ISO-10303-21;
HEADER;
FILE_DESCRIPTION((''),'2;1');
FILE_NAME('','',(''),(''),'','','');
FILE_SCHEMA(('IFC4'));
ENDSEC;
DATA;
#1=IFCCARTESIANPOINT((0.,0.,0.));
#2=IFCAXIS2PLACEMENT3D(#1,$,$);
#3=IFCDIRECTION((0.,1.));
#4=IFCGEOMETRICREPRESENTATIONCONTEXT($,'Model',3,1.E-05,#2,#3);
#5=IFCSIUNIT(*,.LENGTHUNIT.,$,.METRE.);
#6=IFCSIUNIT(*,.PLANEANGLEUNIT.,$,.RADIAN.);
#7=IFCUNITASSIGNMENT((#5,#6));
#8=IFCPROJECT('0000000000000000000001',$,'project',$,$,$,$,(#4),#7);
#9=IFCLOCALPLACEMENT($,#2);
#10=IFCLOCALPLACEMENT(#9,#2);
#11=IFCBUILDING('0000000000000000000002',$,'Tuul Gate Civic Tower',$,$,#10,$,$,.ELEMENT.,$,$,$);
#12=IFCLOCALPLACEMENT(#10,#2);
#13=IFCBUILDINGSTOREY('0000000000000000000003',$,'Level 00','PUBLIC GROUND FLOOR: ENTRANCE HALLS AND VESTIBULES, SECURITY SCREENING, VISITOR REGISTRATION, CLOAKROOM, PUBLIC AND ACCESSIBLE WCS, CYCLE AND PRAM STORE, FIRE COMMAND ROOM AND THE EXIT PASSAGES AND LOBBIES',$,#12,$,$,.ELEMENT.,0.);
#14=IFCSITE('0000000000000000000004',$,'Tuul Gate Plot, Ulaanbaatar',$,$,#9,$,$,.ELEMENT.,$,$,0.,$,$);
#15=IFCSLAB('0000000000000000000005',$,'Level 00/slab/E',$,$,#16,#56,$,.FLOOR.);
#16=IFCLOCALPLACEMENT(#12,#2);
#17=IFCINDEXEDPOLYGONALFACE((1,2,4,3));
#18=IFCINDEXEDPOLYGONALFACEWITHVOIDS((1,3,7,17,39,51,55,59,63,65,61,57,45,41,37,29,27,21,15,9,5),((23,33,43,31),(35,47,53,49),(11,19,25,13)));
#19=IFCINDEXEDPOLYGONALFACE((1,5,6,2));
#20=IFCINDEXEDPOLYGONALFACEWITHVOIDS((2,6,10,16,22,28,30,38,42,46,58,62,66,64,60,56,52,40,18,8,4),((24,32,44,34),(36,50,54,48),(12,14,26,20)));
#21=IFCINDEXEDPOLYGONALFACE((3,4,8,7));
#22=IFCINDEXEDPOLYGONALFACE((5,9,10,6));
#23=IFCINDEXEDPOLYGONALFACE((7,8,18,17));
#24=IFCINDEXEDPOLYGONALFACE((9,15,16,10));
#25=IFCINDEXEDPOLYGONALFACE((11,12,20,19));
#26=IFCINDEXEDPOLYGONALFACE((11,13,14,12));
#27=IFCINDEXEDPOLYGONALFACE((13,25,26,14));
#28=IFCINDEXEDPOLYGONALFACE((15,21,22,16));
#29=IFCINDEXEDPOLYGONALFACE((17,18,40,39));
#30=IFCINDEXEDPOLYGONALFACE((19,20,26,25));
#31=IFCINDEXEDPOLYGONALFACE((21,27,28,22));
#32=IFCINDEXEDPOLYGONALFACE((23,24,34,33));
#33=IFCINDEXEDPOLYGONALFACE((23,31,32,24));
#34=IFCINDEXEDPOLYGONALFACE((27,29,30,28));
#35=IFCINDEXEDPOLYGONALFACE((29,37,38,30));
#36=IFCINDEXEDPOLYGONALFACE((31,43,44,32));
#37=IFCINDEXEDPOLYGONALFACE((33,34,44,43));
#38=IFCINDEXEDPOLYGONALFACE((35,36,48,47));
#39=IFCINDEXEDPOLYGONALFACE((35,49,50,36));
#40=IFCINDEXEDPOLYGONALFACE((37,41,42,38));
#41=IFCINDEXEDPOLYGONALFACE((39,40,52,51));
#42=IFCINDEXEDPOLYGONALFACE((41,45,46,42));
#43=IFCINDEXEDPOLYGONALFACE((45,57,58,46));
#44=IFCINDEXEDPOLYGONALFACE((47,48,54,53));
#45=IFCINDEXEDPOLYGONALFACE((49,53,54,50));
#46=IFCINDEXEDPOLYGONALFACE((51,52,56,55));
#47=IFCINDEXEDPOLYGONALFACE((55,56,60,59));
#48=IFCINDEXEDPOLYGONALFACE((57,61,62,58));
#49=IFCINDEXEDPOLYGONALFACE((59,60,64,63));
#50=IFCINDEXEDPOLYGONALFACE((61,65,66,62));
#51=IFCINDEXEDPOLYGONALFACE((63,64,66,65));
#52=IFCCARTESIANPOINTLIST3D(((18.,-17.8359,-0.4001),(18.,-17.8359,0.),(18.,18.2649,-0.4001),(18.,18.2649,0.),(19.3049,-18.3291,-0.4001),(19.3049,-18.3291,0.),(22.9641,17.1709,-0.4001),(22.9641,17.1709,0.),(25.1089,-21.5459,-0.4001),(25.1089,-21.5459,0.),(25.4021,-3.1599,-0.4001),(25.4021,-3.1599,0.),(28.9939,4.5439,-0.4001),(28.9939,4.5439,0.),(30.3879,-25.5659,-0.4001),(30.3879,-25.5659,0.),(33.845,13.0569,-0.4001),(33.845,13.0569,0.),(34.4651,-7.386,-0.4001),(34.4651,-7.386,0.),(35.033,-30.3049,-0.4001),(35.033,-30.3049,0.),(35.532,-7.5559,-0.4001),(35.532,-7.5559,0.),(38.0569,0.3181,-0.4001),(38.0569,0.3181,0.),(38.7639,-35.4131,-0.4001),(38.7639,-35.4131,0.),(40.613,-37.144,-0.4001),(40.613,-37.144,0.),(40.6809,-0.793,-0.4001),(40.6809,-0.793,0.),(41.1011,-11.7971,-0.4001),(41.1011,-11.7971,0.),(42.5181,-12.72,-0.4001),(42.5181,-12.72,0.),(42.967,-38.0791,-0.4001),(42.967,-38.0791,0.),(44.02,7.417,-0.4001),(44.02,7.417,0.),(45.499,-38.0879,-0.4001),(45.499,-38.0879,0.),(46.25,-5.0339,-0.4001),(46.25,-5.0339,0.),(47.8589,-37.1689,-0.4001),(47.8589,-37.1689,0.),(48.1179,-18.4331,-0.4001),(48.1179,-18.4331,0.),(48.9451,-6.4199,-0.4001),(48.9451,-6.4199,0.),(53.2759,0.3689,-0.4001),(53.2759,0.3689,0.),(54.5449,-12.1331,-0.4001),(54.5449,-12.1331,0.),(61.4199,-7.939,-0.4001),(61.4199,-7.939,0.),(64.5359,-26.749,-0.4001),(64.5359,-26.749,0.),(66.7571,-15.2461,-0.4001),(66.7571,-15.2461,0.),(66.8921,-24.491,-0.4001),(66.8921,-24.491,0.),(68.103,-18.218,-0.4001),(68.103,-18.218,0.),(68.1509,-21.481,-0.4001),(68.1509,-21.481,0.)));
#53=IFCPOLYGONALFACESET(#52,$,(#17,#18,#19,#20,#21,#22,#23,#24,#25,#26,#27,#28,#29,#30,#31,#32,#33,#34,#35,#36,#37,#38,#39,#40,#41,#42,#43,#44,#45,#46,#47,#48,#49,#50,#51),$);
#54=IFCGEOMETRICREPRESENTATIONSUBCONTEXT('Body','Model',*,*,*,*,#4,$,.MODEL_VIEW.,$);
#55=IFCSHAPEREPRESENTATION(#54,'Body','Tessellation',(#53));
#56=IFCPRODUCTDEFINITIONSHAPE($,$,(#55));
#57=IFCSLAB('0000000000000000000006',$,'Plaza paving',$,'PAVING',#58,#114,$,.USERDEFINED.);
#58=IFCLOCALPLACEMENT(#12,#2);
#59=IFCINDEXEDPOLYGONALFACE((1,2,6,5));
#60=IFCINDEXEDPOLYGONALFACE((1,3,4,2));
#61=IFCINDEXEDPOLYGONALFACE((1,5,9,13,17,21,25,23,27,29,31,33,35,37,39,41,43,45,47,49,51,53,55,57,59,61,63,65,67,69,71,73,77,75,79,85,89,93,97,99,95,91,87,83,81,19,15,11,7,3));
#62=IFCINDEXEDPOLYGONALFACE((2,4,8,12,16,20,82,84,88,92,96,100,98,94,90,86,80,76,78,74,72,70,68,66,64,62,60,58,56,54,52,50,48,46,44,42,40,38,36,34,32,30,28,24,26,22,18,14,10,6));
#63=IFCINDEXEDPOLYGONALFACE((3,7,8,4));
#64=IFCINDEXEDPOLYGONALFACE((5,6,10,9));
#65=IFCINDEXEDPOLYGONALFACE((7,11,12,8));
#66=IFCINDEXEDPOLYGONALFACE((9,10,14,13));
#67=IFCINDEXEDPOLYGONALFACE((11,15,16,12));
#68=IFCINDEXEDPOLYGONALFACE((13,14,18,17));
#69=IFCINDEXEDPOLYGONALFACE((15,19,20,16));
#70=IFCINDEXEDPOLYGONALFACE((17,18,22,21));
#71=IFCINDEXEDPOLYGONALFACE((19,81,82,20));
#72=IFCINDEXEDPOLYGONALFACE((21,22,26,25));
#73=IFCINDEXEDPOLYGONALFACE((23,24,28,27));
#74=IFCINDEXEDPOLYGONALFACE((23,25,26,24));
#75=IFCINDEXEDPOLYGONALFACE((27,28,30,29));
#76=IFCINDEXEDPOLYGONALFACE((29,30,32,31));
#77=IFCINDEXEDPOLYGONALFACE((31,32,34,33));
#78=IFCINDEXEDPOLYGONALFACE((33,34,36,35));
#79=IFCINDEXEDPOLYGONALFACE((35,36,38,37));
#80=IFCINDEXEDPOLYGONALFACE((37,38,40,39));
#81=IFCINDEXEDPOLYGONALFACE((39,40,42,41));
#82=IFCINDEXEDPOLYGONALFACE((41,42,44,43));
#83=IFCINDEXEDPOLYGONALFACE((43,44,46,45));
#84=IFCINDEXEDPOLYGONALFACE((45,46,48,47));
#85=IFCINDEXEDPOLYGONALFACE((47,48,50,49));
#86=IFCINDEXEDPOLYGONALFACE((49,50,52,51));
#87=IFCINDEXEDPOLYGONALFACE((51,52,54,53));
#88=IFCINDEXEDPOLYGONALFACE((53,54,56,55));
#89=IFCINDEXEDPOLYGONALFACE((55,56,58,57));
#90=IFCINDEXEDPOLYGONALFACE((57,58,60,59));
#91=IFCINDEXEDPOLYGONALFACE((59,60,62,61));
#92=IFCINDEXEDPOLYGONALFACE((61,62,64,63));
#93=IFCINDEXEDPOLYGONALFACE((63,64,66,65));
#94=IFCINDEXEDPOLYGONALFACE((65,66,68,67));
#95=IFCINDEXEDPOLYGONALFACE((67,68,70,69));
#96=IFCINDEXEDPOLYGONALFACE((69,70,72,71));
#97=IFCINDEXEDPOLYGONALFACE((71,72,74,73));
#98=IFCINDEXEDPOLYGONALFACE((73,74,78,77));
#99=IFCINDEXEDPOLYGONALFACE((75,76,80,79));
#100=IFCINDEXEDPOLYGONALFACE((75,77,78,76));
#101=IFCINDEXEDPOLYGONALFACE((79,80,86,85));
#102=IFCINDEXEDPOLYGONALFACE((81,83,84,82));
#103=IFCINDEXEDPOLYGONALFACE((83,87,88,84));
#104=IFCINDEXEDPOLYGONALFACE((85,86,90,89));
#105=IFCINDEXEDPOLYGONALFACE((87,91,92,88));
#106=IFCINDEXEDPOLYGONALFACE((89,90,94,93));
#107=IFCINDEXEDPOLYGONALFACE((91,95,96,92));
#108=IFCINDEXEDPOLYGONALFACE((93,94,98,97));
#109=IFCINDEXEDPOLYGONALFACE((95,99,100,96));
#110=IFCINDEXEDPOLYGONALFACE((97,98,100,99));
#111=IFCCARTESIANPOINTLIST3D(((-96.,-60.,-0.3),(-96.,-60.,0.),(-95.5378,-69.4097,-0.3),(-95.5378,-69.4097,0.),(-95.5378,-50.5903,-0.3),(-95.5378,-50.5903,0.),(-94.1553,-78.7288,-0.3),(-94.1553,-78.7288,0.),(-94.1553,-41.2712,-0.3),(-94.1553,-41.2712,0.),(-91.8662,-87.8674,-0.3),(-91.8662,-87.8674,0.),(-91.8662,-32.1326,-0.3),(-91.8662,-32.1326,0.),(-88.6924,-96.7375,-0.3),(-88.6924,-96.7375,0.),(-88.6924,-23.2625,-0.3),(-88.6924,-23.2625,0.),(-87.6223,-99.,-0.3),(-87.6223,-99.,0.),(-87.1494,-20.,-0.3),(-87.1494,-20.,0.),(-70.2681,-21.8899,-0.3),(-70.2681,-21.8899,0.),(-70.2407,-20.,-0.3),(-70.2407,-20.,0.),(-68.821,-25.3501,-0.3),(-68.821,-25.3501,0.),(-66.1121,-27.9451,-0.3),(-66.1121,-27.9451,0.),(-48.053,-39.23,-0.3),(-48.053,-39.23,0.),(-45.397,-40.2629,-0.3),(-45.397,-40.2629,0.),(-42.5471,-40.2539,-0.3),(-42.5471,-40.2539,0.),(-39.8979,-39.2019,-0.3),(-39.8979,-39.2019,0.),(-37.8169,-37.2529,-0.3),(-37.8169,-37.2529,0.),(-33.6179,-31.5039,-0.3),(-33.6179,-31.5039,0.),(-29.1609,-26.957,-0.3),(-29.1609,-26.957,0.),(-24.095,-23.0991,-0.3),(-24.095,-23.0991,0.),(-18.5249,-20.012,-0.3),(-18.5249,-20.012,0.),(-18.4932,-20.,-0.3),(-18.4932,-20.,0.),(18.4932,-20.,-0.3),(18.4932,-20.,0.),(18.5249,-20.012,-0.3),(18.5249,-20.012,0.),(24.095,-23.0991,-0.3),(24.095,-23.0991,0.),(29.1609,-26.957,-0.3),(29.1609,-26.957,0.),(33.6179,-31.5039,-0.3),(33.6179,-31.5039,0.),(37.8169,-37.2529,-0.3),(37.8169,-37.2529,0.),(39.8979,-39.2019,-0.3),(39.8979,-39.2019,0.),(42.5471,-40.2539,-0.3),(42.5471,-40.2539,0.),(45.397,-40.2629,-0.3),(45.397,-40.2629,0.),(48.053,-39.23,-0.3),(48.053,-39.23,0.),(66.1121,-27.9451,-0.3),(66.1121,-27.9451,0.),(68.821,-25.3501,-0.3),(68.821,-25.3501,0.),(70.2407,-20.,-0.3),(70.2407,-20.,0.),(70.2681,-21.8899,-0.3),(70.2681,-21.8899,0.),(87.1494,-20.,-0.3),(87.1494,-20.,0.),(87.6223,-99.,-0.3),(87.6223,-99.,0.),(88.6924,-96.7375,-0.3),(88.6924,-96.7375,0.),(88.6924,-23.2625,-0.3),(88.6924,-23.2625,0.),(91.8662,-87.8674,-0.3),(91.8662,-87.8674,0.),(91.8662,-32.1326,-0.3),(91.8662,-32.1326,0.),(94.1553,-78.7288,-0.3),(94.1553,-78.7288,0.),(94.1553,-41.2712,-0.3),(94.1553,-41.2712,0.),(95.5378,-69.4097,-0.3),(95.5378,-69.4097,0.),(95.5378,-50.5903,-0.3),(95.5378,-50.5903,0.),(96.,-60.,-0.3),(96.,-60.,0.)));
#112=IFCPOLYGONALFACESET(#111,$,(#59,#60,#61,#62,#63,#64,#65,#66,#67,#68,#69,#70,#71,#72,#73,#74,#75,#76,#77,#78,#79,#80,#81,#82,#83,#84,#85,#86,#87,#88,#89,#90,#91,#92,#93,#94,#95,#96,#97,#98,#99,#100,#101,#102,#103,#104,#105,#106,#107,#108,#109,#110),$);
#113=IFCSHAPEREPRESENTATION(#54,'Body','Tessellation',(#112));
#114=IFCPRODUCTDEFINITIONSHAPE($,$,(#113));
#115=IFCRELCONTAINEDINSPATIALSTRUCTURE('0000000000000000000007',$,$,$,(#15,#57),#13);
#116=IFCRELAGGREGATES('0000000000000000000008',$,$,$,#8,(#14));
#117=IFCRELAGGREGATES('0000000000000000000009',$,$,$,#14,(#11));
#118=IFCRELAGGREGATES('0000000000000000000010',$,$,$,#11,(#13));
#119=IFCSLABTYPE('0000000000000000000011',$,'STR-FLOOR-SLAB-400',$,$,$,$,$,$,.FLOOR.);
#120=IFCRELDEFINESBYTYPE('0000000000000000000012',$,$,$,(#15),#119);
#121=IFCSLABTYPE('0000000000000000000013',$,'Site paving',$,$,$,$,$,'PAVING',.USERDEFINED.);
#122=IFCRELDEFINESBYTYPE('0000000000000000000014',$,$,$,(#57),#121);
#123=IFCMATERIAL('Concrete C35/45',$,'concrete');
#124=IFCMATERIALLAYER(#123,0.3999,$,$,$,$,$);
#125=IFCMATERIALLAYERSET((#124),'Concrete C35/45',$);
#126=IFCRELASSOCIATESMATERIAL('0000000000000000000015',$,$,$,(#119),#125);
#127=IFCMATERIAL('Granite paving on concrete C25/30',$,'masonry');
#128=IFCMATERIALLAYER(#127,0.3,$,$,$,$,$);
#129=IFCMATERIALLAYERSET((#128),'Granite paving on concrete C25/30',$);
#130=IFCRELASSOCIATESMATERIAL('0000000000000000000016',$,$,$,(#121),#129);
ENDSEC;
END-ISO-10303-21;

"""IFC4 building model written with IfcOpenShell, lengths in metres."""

from ifc_helpers import new_model, si_unit, direction, frame, origin, place, context, subcontext, project, spatial, polyline, outline, extrude, material, layer, layer_set, type_object, element, save


model = new_model("IFC4")

# Units and contexts
model_context = context("Model", 3, precision=1e-05, world=origin(), true_north=direction((0.0, 1.0)))
body_context = subcontext(model_context, "Body", "Model", "MODEL_VIEW")
ifc_project = project(units=[si_unit("LENGTHUNIT", "METRE"), si_unit("PLANEANGLEUNIT", "RADIAN")], contexts=[model_context])

# Site, building, storey
site_placement = place(None, origin())
site = spatial("IfcSite", under=ifc_project, at=site_placement, Name="Tuul Gate Plot, Ulaanbaatar", CompositionType="ELEMENT", RefElevation=0.0)
building_placement = place(site_placement, origin())
building = spatial("IfcBuilding", under=site, at=building_placement, Name="Tuul Gate Civic Tower", CompositionType="ELEMENT")
storey_placement = place(building_placement, origin())
storey = spatial("IfcBuildingStorey", under=building, at=storey_placement, Name="Level 00", Description="PUBLIC GROUND FLOOR: ENTRANCE HALLS AND VESTIBULES, SECURITY SCREENING, VISITOR REGISTRATION, CLOAKROOM, PUBLIC AND ACCESSIBLE WCS, CYCLE AND PRAM STORE, FIRE COMMAND ROOM AND THE EXIT PASSAGES AND LOBBIES", CompositionType="ELEMENT", Elevation=0.0)

# Slabs
ifc_material_1 = material(Name="Concrete C35/45", Category="concrete")
ifc_layer_1 = layer(ifc_material_1, 0.3999)
ifc_layer_set_1 = layer_set([ifc_layer_1], Name="Concrete C35/45")
slab_type_1 = type_object("IfcSlabType", Name="STR-FLOOR-SLAB-400", PredefinedType="FLOOR", material=ifc_layer_set_1)
slab_1_placement = place(storey_placement, frame((0.0, 0.0, -0.4001)))
element("IfcSlab", 1, at=slab_1_placement, inside=storey, type_object=slab_type_1, Name="Level 00/slab/E", PredefinedType="FLOOR", context=body_context, shape_type="SweptSolid", body=[
    extrude(outline(polyline([(33.845, 13.0569), (22.9641, 17.1709), (18.0, 18.2649), (18.0, -17.8359), (19.3049, -18.3291), (25.1089, -21.5459), (30.3879, -25.5659), (35.033, -30.3049), (38.7639, -35.4131), (40.613, -37.144), (42.967, -38.0791), (45.499, -38.0879), (47.8589, -37.1689), (64.5359, -26.749), (66.8921, -24.491), (68.1509, -21.481), (68.103, -18.218), (66.7571, -15.2461), (61.4199, -7.939), (53.2759, 0.3689), (44.02, 7.417), (33.845, 13.0569)]), holes=[polyline([(42.5181, -12.72), (48.9451, -6.4199), (54.5449, -12.1331), (48.1179, -18.4331), (42.5181, -12.72)]), polyline([(41.1011, -11.7971), (35.532, -7.5559), (40.6809, -0.793), (46.25, -5.0339), (41.1011, -11.7971)]), polyline([(25.4021, -3.1599), (28.9939, 4.5439), (38.0569, 0.3181), (34.4651, -7.386), (25.4021, -3.1599)])]), origin(), (0.0, 0.0, 1.0), 0.4001),
])
ifc_material_2 = material(Name="Granite paving on concrete C25/30", Category="masonry")
ifc_layer_2 = layer(ifc_material_2, 0.3)
ifc_layer_set_2 = layer_set([ifc_layer_2], Name="Granite paving on concrete C25/30")
slab_type_2 = type_object("IfcSlabType", Name="Site paving", ElementType="PAVING", PredefinedType="USERDEFINED", material=ifc_layer_set_2)
slab_2_placement = place(storey_placement, frame((0.0, 0.0, -0.3)))
element("IfcSlab", 2, at=slab_2_placement, inside=storey, type_object=slab_type_2, Name="Plaza paving", ObjectType="PAVING", PredefinedType="USERDEFINED", context=body_context, shape_type="SweptSolid", body=[
    extrude(outline(polyline([(88.6924, -96.7375), (91.8662, -87.8674), (94.1553, -78.7288), (95.5378, -69.4097), (96.0, -60.0), (95.5378, -50.5903), (94.1553, -41.2712), (91.8662, -32.1326), (88.6924, -23.2625), (87.1494, -20.0), (70.2407, -20.0), (70.2681, -21.8899), (68.821, -25.3501), (66.1121, -27.9451), (48.053, -39.23), (45.397, -40.2629), (42.5471, -40.2539), (39.8979, -39.2019), (37.8169, -37.2529), (33.6179, -31.5039), (29.1609, -26.957), (24.095, -23.0991), (18.5249, -20.012), (18.4932, -20.0), (-18.4932, -20.0), (-18.5249, -20.012), (-24.095, -23.0991), (-29.1609, -26.957), (-33.6179, -31.5039), (-37.8169, -37.2529), (-39.8979, -39.2019), (-42.5471, -40.2539), (-45.397, -40.2629), (-48.053, -39.23), (-66.1121, -27.9451), (-68.821, -25.3501), (-70.2681, -21.8899), (-70.2407, -20.0), (-87.1494, -20.0), (-88.6924, -23.2625), (-91.8662, -32.1326), (-94.1553, -41.2712), (-95.5378, -50.5903), (-96.0, -60.0), (-95.5378, -69.4097), (-94.1553, -78.7288), (-91.8662, -87.8674), (-88.6924, -96.7375), (-87.6223, -99.0), (87.6223, -99.0), (88.6924, -96.7375)])), origin(), (0.0, 0.0, 1.0), 0.3),
])

save(model, "model.ifc")
